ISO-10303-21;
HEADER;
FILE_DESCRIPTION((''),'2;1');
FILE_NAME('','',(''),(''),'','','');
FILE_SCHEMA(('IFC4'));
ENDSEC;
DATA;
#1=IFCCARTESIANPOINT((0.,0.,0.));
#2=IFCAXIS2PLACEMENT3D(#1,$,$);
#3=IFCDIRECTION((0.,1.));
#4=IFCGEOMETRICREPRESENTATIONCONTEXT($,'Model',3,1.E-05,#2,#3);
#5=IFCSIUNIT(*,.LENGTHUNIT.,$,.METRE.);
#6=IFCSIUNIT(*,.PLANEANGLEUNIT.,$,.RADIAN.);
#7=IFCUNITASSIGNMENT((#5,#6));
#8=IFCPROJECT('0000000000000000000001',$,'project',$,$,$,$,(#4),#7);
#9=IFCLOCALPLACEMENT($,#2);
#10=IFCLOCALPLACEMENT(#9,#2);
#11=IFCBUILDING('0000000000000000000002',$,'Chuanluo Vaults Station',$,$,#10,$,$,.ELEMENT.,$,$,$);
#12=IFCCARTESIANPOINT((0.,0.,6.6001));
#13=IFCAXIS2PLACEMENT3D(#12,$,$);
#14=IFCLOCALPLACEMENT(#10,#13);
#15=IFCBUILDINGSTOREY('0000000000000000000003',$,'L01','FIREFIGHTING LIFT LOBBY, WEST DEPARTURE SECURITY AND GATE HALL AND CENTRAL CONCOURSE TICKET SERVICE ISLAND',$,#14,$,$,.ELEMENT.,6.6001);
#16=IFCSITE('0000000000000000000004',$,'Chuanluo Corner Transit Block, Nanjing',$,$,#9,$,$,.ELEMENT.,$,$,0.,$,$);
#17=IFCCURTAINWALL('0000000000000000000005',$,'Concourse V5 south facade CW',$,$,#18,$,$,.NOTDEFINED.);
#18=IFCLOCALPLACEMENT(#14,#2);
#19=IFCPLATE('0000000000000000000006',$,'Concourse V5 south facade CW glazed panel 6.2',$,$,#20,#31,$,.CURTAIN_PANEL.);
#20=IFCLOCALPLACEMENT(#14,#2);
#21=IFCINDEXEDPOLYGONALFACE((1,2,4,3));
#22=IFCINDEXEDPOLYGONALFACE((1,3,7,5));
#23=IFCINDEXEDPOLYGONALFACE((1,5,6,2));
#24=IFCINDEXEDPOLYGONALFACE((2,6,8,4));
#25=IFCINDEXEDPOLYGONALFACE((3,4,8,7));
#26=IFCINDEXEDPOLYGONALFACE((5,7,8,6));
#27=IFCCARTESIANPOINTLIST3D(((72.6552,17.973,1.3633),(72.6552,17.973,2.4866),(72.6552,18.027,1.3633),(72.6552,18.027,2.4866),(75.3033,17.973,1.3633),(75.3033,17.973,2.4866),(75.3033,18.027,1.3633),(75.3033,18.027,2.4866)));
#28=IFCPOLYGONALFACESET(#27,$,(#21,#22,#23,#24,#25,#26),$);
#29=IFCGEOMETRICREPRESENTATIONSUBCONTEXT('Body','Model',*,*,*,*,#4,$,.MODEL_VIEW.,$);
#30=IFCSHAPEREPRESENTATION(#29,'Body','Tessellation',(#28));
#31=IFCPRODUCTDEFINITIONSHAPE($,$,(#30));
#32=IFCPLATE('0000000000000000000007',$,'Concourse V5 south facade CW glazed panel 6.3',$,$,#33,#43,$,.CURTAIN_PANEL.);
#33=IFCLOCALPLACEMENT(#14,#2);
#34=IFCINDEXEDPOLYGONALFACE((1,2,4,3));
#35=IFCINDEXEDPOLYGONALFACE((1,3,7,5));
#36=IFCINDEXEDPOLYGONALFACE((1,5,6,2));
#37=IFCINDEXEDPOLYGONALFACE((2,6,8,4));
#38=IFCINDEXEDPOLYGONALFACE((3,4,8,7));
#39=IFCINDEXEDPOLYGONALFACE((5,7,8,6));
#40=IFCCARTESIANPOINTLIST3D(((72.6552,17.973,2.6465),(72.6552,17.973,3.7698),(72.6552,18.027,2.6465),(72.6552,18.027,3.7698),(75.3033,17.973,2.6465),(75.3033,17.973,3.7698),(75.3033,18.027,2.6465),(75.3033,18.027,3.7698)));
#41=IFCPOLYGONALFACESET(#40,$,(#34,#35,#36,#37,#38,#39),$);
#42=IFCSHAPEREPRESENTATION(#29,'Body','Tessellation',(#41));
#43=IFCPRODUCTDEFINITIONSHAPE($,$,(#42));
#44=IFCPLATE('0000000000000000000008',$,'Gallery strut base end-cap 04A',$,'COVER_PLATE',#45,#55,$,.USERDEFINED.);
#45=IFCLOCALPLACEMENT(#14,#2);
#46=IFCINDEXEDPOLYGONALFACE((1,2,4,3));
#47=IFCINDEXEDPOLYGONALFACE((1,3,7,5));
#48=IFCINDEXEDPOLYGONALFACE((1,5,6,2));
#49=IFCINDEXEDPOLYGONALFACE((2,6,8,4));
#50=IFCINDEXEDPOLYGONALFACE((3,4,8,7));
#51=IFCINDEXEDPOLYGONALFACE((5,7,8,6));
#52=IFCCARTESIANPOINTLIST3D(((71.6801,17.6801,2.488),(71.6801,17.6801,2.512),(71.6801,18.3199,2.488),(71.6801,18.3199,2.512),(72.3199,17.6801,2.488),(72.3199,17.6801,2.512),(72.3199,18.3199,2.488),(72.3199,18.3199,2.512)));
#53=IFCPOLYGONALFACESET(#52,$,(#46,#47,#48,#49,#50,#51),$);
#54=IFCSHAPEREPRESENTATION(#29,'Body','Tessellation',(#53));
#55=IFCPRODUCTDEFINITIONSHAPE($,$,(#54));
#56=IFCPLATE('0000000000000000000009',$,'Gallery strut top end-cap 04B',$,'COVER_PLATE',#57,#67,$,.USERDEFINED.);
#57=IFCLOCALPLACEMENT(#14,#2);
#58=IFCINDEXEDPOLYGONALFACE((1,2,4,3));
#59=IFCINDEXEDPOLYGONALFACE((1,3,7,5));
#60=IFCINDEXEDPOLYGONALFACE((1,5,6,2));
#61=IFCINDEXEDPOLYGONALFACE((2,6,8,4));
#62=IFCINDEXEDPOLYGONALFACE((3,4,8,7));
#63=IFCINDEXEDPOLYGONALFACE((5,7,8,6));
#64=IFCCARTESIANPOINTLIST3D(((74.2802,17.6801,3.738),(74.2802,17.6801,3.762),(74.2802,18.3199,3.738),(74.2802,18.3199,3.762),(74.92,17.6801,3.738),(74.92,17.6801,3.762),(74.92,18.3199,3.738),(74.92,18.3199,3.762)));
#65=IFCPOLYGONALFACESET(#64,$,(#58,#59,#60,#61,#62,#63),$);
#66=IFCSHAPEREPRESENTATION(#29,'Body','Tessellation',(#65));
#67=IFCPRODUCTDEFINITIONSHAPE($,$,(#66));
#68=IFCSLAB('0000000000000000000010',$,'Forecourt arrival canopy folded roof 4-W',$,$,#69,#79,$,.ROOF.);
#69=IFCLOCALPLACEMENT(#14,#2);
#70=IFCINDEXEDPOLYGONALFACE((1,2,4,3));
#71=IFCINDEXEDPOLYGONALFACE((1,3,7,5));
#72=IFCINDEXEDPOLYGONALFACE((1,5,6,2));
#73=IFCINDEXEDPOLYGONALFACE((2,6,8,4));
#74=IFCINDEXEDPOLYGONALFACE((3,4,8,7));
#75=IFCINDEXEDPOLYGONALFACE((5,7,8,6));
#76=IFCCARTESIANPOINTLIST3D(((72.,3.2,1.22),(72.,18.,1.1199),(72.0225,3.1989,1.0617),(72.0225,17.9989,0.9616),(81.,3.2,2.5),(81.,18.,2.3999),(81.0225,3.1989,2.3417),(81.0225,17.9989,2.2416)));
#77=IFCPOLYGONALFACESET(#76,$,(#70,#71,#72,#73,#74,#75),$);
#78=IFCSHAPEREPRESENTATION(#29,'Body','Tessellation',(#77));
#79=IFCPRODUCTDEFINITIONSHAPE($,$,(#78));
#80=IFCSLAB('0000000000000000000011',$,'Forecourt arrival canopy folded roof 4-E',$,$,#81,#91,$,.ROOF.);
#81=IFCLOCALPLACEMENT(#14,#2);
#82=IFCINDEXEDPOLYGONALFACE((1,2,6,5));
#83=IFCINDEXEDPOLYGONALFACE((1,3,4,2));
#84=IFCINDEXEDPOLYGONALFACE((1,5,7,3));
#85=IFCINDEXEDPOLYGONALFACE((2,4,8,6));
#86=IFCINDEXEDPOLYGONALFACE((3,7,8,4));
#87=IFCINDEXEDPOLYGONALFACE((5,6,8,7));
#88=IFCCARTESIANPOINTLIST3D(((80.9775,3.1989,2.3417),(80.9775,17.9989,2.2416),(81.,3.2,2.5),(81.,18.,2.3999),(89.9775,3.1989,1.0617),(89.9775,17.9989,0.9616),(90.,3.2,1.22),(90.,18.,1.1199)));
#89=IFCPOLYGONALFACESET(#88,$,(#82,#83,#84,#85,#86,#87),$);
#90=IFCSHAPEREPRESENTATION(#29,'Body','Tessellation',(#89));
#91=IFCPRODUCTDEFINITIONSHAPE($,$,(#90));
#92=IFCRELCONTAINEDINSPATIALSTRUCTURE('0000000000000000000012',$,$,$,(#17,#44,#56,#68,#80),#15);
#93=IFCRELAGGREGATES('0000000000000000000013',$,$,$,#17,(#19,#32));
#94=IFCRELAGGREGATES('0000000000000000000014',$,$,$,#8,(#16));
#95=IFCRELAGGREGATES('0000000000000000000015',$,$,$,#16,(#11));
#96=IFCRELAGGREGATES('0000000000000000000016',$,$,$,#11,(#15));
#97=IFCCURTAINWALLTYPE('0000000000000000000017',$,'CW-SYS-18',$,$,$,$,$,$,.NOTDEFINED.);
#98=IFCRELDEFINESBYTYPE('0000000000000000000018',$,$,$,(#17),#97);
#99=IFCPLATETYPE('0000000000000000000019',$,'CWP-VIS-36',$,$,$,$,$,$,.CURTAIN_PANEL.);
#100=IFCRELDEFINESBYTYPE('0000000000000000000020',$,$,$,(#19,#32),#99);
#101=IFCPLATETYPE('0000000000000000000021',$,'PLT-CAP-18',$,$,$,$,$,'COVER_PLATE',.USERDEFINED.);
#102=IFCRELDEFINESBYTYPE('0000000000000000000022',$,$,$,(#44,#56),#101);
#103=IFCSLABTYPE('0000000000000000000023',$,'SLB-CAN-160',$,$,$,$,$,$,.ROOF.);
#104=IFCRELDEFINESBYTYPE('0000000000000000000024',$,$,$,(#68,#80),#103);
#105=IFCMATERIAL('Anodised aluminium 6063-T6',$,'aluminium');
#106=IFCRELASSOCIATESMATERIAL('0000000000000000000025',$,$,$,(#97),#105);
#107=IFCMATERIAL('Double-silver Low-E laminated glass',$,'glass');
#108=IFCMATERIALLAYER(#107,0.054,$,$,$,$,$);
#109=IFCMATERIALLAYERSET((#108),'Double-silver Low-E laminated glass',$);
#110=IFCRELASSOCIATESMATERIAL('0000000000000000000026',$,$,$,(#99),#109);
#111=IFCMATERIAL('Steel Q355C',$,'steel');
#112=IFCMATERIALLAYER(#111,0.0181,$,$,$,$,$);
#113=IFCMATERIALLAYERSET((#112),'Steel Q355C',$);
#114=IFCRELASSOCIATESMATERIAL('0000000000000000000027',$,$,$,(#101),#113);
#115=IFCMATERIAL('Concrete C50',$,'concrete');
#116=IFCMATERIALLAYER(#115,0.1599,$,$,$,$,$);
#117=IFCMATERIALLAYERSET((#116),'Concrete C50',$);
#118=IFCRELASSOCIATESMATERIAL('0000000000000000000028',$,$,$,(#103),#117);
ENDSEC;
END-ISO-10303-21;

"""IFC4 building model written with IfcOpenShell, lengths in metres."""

from ifc_helpers import new_model, si_unit, direction, frame, origin, origin_2d, place, context, subcontext, project, spatial, polyline, rectangle, outline, extrude, material, layer, layer_set, type_object, element, aggregate, save


model = new_model("IFC4")

# Units and contexts
model_context = context("Model", 3, precision=1e-05, world=origin(), true_north=direction((0.0, 1.0)))
body_context = subcontext(model_context, "Body", "Model", "MODEL_VIEW")
ifc_project = project(units=[si_unit("LENGTHUNIT", "METRE"), si_unit("PLANEANGLEUNIT", "RADIAN")], contexts=[model_context])

# Site, building, storey
site_placement = place(None, origin())
site = spatial("IfcSite", under=ifc_project, at=site_placement, Name="Chuanluo Corner Transit Block, Nanjing", CompositionType="ELEMENT", RefElevation=0.0)
building_placement = place(site_placement, origin())
building = spatial("IfcBuilding", under=site, at=building_placement, Name="Chuanluo Vaults Station", CompositionType="ELEMENT")
storey_placement = place(building_placement, frame((0.0, 0.0, 6.6001)))
storey = spatial("IfcBuildingStorey", under=building, at=storey_placement, Name="L01", Description="FIREFIGHTING LIFT LOBBY, WEST DEPARTURE SECURITY AND GATE HALL AND CENTRAL CONCOURSE TICKET SERVICE ISLAND", CompositionType="ELEMENT", Elevation=6.6001)

# Curtain wall
ifc_material_1 = material(Name="Anodised aluminium 6063-T6", Category="aluminium")
curtain_wall_type = type_object("IfcCurtainWallType", Name="CW-SYS-18", PredefinedType="NOTDEFINED", material=ifc_material_1)
curtain_wall_placement = place(storey_placement, origin())
curtain_wall = element("IfcCurtainWall", 1, at=curtain_wall_placement, inside=storey, type_object=curtain_wall_type, Name="Concourse V5 south facade CW", PredefinedType="NOTDEFINED")

# Plates
ifc_material_2 = material(Name="Double-silver Low-E laminated glass", Category="glass")
ifc_layer_1 = layer(ifc_material_2, 0.054)
ifc_layer_set_1 = layer_set([ifc_layer_1], Name="Double-silver Low-E laminated glass")
plate_type_1 = type_object("IfcPlateType", Name="CWP-VIS-36", PredefinedType="CURTAIN_PANEL", material=ifc_layer_set_1)
plate_1_placement = place(storey_placement, frame((73.9792, 18.0, 1.3633), z_axis=(0.0, 0.0, 1.0), x_axis=(-1.0, 0.0, 0.0)))
plate_1 = element("IfcPlate", 2, at=plate_1_placement, type_object=plate_type_1, Name="Concourse V5 south facade CW glazed panel 6.2", PredefinedType="CURTAIN_PANEL", context=body_context, shape_type="SweptSolid", body=[
    extrude(rectangle(XDim=2.6482, YDim=0.054, at=origin_2d()), origin(), (0.0, 0.0, 1.0), 1.1233),
])
plate_2_placement = place(storey_placement, frame((73.9792, 18.0, 2.6465), z_axis=(0.0, 0.0, 1.0), x_axis=(-1.0, 0.0, 0.0)))
plate_2 = element("IfcPlate", 3, at=plate_2_placement, type_object=plate_type_1, Name="Concourse V5 south facade CW glazed panel 6.3", PredefinedType="CURTAIN_PANEL", context=body_context, shape_type="SweptSolid", body=[
    extrude(rectangle(XDim=2.6482, YDim=0.054, at=origin_2d()), origin(), (0.0, 0.0, 1.0), 1.1233),
])
aggregate(curtain_wall, [plate_1, plate_2])

# Plates
ifc_material_3 = material(Name="Steel Q355C", Category="steel")
ifc_layer_2 = layer(ifc_material_3, 0.0181)
ifc_layer_set_2 = layer_set([ifc_layer_2], Name="Steel Q355C")
plate_type_2 = type_object("IfcPlateType", Name="PLT-CAP-18", ElementType="COVER_PLATE", PredefinedType="USERDEFINED", material=ifc_layer_set_2)
for number, where, z_axis, x_axis, name in (
    (4, (72.0, 18.0, 2.488), (0.0, 0.0, 1.0), (1.0, 0.0, 0.0), "Gallery strut base end-cap 04A"),
    (5, (74.6001, 18.0, 3.738), (0.0, 0.0, 1.0), (1.0, 0.0, 0.0), "Gallery strut top end-cap 04B"),
):
    element("IfcPlate", number, at=place(storey_placement, frame(where, z_axis=z_axis, x_axis=x_axis)), inside=storey, type_object=plate_type_2, Name=name, ObjectType="COVER_PLATE", PredefinedType="USERDEFINED", context=body_context, shape_type="SweptSolid", body=[
        extrude(rectangle(XDim=0.6399, YDim=0.6399, at=origin_2d()), origin(), (0.0, 0.0, 1.0), 0.0239),
    ])

# Slabs
ifc_material_4 = material(Name="Concrete C50", Category="concrete")
ifc_layer_3 = layer(ifc_material_4, 0.1599)
ifc_layer_set_3 = layer_set([ifc_layer_3], Name="Concrete C50")
slab_type = type_object("IfcSlabType", Name="SLB-CAN-160", PredefinedType="ROOF", material=ifc_layer_set_3)
slab_1_placement = place(storey_placement, frame((72.0, 3.2, 1.22), z_axis=(-0.140805, 0.006696, 0.990015), x_axis=(0.990037, 0.0, 0.140808)))
element("IfcSlab", 6, at=slab_1_placement, inside=storey, type_object=slab_type, Name="Forecourt arrival canopy folded roof 4-W", PredefinedType="ROOF", context=body_context, shape_type="SweptSolid", body=[
    extrude(outline(polyline([(0.0, 0.0), (9.0906, 0.0), (9.0765, 14.8004), (-0.0141, 14.8004), (0.0, 0.0)])), origin(), (0.0, 0.0, -1.0), 0.1599),
])
slab_2_placement = place(storey_placement, frame((81.0, 3.2, 2.5), z_axis=(0.140805, 0.006696, 0.990015), x_axis=(0.990037, 0.0, -0.140808)))
element("IfcSlab", 7, at=slab_2_placement, inside=storey, type_object=slab_type, Name="Forecourt arrival canopy folded roof 4-E", PredefinedType="ROOF", context=body_context, shape_type="SweptSolid", body=[
    extrude(outline(polyline([(0.0, 0.0), (9.0906, 0.0), (9.1047, 14.8004), (0.0141, 14.8004), (0.0, 0.0)])), origin(), (0.0, 0.0, -1.0), 0.1599),
])

save(model, "model.ifc")
